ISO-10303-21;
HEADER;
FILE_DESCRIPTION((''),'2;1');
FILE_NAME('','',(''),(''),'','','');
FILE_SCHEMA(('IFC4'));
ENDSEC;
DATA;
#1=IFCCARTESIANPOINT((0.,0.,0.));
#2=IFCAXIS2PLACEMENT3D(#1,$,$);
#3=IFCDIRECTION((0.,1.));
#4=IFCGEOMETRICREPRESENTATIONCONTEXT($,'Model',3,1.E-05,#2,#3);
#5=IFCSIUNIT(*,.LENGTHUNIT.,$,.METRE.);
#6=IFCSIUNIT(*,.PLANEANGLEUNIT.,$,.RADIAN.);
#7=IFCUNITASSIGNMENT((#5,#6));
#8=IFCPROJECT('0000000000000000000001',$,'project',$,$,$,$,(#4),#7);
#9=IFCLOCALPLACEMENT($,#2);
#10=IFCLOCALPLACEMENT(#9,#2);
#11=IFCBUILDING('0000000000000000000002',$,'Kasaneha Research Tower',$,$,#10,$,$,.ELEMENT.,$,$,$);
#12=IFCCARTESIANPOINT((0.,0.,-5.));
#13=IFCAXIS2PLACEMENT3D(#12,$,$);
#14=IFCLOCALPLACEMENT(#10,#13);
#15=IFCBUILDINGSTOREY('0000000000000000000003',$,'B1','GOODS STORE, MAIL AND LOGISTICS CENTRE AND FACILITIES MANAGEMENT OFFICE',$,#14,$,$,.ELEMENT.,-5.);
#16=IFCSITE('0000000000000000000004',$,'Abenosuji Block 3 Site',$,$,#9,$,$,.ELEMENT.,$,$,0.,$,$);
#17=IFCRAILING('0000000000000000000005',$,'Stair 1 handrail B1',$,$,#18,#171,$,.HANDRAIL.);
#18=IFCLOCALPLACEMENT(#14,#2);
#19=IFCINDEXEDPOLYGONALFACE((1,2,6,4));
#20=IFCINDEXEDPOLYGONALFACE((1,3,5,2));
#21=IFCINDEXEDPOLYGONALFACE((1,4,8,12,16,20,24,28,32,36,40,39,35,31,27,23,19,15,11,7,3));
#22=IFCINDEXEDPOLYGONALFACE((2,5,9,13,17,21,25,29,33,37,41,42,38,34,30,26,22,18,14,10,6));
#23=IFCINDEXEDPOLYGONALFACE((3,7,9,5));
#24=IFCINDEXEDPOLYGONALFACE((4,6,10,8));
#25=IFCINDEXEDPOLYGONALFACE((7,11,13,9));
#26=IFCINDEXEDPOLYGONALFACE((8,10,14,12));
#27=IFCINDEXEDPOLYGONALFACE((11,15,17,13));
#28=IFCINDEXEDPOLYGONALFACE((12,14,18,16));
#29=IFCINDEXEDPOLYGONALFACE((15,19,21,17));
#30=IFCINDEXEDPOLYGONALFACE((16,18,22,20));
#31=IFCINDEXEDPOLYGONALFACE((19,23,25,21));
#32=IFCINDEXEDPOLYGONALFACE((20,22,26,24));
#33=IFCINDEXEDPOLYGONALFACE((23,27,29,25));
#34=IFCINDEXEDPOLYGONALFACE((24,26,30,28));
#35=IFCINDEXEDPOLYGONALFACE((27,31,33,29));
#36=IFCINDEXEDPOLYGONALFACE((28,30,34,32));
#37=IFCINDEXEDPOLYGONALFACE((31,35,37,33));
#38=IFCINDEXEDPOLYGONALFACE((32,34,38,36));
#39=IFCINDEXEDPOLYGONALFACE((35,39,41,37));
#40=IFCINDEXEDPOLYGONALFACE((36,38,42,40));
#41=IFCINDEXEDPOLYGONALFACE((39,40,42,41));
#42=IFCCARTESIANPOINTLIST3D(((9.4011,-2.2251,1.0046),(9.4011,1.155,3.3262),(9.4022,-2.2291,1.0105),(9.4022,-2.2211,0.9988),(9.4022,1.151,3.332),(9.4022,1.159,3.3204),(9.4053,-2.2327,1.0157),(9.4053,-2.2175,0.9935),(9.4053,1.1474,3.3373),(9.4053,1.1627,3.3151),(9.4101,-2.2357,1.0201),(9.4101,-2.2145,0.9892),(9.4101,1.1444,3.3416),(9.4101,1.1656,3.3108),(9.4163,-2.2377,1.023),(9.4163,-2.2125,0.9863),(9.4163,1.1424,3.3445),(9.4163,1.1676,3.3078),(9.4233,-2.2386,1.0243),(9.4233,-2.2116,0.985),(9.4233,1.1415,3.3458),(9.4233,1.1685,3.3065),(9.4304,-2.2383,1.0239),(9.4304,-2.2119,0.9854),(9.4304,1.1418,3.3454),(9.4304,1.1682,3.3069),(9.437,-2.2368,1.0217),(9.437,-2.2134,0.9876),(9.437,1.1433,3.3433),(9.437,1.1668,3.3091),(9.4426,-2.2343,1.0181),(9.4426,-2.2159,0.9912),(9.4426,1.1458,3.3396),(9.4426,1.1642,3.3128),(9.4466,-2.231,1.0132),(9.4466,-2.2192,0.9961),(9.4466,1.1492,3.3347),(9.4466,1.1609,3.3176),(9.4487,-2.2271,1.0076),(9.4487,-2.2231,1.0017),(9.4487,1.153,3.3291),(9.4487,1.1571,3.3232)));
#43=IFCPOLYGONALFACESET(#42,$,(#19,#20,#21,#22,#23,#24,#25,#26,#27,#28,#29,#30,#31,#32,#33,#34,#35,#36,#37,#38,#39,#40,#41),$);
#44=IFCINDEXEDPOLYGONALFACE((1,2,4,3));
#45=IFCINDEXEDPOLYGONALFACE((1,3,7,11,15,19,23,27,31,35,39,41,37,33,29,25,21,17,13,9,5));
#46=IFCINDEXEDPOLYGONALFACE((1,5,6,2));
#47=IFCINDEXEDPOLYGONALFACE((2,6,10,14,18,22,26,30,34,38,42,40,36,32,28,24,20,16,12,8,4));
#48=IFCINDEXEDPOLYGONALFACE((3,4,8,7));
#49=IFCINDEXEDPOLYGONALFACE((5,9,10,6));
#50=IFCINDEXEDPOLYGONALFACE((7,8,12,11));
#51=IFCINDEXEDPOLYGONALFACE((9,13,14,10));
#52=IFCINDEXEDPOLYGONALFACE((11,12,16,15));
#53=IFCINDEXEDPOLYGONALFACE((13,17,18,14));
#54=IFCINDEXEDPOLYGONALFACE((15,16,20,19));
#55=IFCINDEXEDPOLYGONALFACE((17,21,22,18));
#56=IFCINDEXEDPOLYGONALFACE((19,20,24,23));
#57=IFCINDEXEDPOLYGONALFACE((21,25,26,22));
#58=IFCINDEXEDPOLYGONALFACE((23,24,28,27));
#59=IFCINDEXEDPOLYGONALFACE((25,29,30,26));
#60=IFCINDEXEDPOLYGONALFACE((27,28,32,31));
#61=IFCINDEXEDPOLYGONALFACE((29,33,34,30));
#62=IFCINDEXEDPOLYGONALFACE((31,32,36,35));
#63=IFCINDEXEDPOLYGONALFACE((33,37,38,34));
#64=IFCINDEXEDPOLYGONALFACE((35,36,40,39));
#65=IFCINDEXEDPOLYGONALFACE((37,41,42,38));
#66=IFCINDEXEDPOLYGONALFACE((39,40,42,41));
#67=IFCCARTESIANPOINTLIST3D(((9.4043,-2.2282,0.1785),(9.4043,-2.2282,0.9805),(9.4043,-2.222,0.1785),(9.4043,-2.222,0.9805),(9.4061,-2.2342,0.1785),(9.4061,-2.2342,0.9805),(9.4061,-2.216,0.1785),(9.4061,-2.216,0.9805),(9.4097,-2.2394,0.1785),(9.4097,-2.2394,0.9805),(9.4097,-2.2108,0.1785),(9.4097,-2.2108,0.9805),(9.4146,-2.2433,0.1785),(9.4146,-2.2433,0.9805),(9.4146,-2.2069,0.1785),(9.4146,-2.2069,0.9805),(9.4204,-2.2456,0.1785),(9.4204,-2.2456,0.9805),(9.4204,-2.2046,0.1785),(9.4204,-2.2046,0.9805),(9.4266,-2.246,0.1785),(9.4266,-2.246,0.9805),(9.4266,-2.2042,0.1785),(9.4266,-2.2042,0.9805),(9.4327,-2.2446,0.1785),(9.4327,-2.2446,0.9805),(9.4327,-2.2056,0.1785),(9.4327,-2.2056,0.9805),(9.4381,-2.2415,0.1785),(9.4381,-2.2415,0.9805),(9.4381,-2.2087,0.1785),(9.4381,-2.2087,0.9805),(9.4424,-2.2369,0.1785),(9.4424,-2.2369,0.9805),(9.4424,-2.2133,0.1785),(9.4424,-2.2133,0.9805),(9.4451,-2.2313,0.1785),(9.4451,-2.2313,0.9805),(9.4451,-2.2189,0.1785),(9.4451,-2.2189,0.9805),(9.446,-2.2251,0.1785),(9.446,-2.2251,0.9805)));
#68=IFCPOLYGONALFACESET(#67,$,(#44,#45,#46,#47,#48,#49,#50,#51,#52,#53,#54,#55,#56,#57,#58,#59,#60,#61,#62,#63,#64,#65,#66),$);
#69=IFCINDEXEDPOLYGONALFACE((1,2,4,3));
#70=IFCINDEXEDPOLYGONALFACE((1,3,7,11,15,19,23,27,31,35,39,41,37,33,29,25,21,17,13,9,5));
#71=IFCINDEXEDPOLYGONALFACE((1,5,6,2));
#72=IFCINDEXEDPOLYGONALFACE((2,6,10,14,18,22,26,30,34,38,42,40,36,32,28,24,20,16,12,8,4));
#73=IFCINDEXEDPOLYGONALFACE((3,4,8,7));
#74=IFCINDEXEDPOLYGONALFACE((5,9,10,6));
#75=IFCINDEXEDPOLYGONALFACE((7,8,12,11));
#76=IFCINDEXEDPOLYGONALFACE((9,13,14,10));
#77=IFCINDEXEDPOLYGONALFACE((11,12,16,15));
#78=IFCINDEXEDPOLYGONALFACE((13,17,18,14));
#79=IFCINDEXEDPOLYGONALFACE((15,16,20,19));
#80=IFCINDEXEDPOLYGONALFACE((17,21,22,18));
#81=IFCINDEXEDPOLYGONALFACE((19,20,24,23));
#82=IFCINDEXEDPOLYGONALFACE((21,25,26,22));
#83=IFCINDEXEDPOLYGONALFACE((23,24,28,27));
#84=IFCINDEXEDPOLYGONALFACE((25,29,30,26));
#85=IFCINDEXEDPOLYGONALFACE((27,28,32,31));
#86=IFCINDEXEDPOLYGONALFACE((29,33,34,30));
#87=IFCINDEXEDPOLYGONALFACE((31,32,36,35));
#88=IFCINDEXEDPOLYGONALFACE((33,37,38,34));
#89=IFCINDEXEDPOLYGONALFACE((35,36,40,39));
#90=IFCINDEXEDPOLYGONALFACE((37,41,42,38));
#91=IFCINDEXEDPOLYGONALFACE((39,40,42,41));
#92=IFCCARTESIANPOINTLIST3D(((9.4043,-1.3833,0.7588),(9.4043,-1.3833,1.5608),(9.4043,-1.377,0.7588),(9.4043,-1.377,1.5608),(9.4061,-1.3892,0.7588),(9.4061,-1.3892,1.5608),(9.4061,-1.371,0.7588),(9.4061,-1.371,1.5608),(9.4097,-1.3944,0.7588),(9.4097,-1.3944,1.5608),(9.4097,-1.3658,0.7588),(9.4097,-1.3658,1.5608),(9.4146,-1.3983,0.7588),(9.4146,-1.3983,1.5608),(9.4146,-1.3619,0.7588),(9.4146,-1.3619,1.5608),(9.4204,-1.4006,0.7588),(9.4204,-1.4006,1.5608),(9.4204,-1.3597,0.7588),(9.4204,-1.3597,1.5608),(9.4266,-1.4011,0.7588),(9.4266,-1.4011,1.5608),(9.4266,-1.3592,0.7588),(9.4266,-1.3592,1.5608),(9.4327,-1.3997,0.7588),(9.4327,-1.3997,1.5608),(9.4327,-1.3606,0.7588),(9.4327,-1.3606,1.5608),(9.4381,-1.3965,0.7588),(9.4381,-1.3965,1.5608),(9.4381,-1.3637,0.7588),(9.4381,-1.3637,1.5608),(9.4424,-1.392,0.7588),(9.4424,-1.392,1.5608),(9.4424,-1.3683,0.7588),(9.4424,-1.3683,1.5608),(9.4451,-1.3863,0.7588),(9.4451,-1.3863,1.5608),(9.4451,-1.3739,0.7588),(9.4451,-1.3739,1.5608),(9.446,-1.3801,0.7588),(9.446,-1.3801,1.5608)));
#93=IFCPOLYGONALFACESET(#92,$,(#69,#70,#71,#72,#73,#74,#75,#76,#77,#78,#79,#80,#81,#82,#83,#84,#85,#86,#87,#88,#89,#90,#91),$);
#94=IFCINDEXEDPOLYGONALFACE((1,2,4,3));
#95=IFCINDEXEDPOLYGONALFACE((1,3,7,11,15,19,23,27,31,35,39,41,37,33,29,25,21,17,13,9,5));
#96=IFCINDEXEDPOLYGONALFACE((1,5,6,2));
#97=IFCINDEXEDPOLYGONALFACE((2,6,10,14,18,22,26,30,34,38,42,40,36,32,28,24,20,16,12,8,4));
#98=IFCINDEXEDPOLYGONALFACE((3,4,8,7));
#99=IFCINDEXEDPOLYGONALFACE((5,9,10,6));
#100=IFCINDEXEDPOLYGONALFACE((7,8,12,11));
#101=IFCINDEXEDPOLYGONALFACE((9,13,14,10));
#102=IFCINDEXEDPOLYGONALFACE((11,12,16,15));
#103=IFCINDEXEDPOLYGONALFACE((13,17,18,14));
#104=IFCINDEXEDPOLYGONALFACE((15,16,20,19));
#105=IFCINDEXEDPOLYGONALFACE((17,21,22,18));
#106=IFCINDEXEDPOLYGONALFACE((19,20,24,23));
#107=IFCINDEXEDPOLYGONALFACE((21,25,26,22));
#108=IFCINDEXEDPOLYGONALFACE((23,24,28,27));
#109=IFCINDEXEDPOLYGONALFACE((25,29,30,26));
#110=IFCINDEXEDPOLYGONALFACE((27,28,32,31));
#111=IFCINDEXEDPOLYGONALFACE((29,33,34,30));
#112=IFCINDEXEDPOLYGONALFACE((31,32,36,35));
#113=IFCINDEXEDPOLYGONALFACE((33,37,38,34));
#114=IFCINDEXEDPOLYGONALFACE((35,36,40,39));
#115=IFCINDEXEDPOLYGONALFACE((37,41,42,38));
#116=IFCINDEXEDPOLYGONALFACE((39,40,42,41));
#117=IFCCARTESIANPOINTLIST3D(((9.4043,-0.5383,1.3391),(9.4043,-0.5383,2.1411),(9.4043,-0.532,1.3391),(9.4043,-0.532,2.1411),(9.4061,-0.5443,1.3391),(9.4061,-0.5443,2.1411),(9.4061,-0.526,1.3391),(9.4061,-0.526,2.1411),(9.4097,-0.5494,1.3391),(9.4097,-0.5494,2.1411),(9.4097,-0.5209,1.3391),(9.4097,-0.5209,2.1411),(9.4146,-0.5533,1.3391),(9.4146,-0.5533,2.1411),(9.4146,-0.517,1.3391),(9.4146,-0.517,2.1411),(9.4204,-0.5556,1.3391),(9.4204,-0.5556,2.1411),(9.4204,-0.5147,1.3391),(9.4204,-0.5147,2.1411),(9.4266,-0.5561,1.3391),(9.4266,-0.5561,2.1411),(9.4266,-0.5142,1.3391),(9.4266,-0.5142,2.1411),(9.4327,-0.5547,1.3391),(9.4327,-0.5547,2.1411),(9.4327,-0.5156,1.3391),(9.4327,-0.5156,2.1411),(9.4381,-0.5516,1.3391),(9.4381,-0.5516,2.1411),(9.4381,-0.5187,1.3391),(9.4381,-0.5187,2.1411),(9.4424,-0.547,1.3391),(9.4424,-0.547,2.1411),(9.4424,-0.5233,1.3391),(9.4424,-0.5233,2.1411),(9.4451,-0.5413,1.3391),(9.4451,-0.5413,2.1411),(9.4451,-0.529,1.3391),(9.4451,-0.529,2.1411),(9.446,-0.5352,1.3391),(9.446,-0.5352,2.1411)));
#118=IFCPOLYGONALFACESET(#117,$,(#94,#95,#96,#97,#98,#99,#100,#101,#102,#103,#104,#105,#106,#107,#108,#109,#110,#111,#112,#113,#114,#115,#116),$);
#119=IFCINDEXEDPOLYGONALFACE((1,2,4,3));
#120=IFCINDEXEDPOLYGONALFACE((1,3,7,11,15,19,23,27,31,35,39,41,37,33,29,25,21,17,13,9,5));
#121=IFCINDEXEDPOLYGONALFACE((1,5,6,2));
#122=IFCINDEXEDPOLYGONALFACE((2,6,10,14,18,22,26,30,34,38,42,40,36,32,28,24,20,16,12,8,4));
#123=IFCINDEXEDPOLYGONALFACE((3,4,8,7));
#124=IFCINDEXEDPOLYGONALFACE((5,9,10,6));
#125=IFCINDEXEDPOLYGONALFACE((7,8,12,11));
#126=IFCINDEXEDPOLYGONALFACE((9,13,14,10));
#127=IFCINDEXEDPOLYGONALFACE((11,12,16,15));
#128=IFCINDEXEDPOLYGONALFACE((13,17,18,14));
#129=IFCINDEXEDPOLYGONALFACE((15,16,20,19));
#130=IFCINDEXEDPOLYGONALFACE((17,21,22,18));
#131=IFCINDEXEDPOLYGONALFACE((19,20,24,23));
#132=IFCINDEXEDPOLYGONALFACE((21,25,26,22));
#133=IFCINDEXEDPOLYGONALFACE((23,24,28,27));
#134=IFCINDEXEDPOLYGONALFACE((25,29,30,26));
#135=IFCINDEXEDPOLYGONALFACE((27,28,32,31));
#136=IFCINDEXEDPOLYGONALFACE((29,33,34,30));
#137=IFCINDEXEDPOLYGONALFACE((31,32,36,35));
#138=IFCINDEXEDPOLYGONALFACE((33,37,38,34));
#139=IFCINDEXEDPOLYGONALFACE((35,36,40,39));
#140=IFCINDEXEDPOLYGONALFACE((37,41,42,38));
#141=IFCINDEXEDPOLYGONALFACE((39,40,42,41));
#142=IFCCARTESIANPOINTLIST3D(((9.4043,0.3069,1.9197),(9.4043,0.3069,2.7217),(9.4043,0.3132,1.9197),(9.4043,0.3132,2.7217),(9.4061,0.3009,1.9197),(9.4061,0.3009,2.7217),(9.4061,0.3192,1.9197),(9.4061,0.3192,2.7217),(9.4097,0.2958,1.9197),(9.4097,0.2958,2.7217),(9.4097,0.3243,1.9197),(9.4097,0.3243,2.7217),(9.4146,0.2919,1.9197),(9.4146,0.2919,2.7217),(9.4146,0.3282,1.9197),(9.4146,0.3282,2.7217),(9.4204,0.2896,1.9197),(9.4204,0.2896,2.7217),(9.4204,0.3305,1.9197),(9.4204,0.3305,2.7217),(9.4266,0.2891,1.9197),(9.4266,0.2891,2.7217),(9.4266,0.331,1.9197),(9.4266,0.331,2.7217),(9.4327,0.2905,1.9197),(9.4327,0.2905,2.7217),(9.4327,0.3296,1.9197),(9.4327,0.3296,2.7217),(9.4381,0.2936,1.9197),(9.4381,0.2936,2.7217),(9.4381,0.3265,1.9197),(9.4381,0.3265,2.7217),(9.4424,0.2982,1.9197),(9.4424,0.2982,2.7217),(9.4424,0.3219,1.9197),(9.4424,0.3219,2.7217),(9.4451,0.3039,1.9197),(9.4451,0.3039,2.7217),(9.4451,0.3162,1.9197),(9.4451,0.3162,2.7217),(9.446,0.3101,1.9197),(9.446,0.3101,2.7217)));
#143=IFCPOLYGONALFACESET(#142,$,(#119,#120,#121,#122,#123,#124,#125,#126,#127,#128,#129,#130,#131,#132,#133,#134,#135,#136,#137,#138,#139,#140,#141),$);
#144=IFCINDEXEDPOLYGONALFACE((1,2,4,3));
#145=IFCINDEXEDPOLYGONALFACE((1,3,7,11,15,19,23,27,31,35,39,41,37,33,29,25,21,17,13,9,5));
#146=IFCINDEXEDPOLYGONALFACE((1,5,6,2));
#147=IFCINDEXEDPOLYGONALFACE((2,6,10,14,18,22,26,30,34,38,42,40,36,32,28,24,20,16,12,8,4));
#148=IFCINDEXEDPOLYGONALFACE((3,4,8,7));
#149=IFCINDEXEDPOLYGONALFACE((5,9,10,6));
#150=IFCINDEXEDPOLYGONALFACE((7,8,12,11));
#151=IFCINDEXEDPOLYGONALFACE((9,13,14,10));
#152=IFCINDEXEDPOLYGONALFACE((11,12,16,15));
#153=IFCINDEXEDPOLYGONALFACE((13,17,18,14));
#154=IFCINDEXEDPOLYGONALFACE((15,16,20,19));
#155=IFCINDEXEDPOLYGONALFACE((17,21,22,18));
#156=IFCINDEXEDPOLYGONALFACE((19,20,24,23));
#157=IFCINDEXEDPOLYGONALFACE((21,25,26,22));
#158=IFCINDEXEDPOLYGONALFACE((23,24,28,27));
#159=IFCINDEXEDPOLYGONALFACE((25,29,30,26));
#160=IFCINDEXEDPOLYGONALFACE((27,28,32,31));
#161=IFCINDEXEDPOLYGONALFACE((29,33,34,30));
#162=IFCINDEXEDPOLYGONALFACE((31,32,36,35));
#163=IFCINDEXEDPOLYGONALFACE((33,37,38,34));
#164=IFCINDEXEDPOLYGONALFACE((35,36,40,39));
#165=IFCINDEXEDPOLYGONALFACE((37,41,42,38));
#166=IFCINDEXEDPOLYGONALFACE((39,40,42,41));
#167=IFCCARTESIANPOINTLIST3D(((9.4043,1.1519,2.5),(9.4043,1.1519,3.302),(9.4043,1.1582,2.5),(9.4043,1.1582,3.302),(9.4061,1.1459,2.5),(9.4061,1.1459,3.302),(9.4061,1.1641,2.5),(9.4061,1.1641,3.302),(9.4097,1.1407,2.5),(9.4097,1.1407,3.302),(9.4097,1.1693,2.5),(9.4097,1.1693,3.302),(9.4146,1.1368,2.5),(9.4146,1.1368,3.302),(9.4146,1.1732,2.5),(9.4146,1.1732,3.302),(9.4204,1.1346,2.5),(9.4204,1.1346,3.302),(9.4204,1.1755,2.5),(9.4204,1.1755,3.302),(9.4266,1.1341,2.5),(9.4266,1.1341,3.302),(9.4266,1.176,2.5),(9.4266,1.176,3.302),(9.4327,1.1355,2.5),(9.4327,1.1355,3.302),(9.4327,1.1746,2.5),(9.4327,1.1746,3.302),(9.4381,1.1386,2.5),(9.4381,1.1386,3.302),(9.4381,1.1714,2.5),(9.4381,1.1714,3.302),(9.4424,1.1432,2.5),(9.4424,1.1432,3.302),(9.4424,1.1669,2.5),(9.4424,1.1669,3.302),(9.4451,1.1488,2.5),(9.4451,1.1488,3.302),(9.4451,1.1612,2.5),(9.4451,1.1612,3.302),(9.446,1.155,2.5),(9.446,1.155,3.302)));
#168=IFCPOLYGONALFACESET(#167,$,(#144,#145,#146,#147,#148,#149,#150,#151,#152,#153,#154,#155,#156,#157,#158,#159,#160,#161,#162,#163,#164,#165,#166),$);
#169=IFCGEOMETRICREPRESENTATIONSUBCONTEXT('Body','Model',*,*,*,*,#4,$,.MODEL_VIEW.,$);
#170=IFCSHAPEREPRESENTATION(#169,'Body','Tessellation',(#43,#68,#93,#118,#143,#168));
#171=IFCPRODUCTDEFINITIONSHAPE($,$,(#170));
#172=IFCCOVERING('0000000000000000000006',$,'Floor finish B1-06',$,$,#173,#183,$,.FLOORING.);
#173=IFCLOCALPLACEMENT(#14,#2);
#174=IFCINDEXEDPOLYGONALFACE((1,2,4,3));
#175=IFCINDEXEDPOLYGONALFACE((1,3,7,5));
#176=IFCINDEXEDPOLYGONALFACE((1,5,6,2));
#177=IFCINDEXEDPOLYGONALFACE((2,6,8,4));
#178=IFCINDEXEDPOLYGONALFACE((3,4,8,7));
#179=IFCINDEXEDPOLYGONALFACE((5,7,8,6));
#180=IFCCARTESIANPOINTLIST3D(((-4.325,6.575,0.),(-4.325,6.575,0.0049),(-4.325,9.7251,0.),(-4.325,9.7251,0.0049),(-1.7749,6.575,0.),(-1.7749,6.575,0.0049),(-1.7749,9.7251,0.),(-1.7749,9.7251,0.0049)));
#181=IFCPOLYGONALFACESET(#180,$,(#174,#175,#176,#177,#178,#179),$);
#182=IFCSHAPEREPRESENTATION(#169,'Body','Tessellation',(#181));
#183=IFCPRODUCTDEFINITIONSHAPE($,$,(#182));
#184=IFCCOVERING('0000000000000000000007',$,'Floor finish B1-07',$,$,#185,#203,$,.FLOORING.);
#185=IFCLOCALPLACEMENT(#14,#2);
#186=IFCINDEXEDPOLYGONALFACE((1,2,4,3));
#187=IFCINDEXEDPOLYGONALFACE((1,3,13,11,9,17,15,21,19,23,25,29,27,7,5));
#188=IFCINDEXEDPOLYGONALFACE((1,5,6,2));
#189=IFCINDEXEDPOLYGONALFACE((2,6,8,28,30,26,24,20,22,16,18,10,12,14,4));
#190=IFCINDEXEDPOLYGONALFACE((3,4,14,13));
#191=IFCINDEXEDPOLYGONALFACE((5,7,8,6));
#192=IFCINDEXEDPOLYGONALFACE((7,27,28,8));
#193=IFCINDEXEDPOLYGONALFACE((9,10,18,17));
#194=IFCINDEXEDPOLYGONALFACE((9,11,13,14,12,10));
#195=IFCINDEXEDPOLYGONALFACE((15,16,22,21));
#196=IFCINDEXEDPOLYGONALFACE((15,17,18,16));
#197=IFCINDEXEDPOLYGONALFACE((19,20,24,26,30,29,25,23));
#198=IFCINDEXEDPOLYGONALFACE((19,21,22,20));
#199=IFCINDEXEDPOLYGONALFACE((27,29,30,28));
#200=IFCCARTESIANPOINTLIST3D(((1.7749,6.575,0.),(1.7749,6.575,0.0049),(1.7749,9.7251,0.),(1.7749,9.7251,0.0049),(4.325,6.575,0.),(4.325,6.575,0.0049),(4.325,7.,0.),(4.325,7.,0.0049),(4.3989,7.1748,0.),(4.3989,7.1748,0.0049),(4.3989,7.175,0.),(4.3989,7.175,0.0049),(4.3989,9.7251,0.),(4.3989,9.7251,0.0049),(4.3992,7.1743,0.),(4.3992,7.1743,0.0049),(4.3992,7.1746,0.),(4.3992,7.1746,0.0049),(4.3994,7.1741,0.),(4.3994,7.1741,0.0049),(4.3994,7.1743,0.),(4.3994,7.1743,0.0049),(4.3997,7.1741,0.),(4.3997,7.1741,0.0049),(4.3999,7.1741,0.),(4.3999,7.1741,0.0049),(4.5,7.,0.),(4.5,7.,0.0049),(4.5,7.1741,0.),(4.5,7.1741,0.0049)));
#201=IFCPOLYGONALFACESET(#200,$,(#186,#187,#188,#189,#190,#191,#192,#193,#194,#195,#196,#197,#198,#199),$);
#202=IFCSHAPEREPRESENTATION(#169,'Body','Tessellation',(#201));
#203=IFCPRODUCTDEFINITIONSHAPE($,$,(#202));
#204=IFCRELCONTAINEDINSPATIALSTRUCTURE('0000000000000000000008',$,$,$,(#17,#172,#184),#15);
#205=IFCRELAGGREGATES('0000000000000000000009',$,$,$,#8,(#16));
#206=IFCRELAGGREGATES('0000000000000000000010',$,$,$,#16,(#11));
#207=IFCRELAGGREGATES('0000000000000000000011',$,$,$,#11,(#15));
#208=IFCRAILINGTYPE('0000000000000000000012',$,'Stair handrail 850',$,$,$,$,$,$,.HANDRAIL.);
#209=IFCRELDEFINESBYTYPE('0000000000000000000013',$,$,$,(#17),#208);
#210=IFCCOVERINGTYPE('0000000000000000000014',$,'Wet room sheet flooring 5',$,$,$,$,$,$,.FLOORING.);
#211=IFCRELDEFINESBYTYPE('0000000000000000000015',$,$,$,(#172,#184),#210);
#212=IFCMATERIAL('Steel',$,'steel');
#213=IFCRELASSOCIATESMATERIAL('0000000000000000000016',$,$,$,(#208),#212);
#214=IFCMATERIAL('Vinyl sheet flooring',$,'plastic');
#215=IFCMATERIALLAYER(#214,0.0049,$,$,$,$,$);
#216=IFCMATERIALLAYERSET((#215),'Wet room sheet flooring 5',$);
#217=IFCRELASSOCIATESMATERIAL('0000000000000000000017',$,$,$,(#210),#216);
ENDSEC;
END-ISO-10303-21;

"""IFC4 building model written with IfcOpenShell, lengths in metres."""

from ifc_helpers import new_model, si_unit, direction, frame, origin, origin_2d, place, context, subcontext, project, spatial, polyline, circle, outline, extrude, material, layer, layer_set, type_object, element, save


model = new_model("IFC4")

# Units and contexts
model_context = context("Model", 3, precision=1e-05, world=origin(), true_north=direction((0.0, 1.0)))
body_context = subcontext(model_context, "Body", "Model", "MODEL_VIEW")
ifc_project = project(units=[si_unit("LENGTHUNIT", "METRE"), si_unit("PLANEANGLEUNIT", "RADIAN")], contexts=[model_context])

# Site, building, storey
site_placement = place(None, origin())
site = spatial("IfcSite", under=ifc_project, at=site_placement, Name="Abenosuji Block 3 Site", CompositionType="ELEMENT", RefElevation=0.0)
building_placement = place(site_placement, origin())
building = spatial("IfcBuilding", under=site, at=building_placement, Name="Kasaneha Research Tower", CompositionType="ELEMENT")
storey_placement = place(building_placement, frame((0.0, 0.0, -5.0)))
storey = spatial("IfcBuildingStorey", under=building, at=storey_placement, Name="B1", Description="GOODS STORE, MAIL AND LOGISTICS CENTRE AND FACILITIES MANAGEMENT OFFICE", CompositionType="ELEMENT", Elevation=-5.0)

# Railing
ifc_material_1 = material(Name="Steel", Category="steel")
railing_type = type_object("IfcRailingType", Name="Stair handrail 850", PredefinedType="HANDRAIL", material=ifc_material_1)
railing_placement = place(storey_placement, frame((9.425, -2.2251, 0.1785)))
element("IfcRailing", 1, at=railing_placement, inside=storey, type_object=railing_type, Name="Stair 1 handrail B1", PredefinedType="HANDRAIL", context=body_context, shape_type="SweptSolid", body=[
    extrude(circle(Radius=0.0239, at=origin_2d()), frame((0.0, 0.0, 0.8262), z_axis=(0.0, 0.824304, 0.566147), x_axis=(-1.0, 0.0, 0.0)), (0.0, 0.0, 1.0), 4.1006),
    extrude(circle(Radius=0.021, at=origin_2d()), origin(), (0.0, 0.0, 1.0), 0.802),
    extrude(circle(Radius=0.021, at=origin_2d()), frame((0.0, 0.845, 0.5803)), (0.0, 0.0, 1.0), 0.802),
    extrude(circle(Radius=0.021, at=origin_2d()), frame((0.0, 1.6899, 1.1606)), (0.0, 0.0, 1.0), 0.802),
    extrude(circle(Radius=0.021, at=origin_2d()), frame((0.0, 2.5352, 1.7412)), (0.0, 0.0, 1.0), 0.802),
    extrude(circle(Radius=0.021, at=origin_2d()), frame((0.0, 3.3801, 2.3215)), (0.0, 0.0, 1.0), 0.802),
])

# Coverings
ifc_material_2 = material(Name="Vinyl sheet flooring", Category="plastic")
ifc_layer_1 = layer(ifc_material_2, 0.0049)
ifc_layer_set_1 = layer_set([ifc_layer_1], Name="Wet room sheet flooring 5")
covering_type = type_object("IfcCoveringType", Name="Wet room sheet flooring 5", PredefinedType="FLOORING", material=ifc_layer_set_1)
covering_1_placement = place(storey_placement, origin())
element("IfcCovering", 2, at=covering_1_placement, inside=storey, type_object=covering_type, Name="Floor finish B1-06", PredefinedType="FLOORING", context=body_context, shape_type="SweptSolid", body=[
    extrude(outline(polyline([(-1.7749, 9.7251), (-1.7749, 6.575), (-4.325, 6.575), (-4.325, 9.7251), (-1.7749, 9.7251)])), origin(), (0.0, 0.0, 1.0), 0.0049),
])
covering_2_placement = place(storey_placement, origin())
element("IfcCovering", 3, at=covering_2_placement, inside=storey, type_object=covering_type, Name="Floor finish B1-07", PredefinedType="FLOORING", context=body_context, shape_type="SweptSolid", body=[
    extrude(outline(polyline([(4.3989, 9.7251), (4.3989, 7.175), (4.3989, 7.1748), (4.3989, 7.1748), (4.3989, 7.1748), (4.3992, 7.1746), (4.3992, 7.1746), (4.3992, 7.1746), (4.3992, 7.1743), (4.3992, 7.1743), (4.3994, 7.1743), (4.3994, 7.1741), (4.3994, 7.1741), (4.3997, 7.1741), (4.3997, 7.1741), (4.3999, 7.1741), (4.3999, 7.1741), (4.3999, 7.1741), (4.5, 7.1741), (4.5, 7.0), (4.325, 7.0), (4.325, 6.575), (1.7749, 6.575), (1.7749, 9.7251), (4.3989, 9.7251)])), origin(), (0.0, 0.0, 1.0), 0.0049),
])

save(model, "model.ifc")
